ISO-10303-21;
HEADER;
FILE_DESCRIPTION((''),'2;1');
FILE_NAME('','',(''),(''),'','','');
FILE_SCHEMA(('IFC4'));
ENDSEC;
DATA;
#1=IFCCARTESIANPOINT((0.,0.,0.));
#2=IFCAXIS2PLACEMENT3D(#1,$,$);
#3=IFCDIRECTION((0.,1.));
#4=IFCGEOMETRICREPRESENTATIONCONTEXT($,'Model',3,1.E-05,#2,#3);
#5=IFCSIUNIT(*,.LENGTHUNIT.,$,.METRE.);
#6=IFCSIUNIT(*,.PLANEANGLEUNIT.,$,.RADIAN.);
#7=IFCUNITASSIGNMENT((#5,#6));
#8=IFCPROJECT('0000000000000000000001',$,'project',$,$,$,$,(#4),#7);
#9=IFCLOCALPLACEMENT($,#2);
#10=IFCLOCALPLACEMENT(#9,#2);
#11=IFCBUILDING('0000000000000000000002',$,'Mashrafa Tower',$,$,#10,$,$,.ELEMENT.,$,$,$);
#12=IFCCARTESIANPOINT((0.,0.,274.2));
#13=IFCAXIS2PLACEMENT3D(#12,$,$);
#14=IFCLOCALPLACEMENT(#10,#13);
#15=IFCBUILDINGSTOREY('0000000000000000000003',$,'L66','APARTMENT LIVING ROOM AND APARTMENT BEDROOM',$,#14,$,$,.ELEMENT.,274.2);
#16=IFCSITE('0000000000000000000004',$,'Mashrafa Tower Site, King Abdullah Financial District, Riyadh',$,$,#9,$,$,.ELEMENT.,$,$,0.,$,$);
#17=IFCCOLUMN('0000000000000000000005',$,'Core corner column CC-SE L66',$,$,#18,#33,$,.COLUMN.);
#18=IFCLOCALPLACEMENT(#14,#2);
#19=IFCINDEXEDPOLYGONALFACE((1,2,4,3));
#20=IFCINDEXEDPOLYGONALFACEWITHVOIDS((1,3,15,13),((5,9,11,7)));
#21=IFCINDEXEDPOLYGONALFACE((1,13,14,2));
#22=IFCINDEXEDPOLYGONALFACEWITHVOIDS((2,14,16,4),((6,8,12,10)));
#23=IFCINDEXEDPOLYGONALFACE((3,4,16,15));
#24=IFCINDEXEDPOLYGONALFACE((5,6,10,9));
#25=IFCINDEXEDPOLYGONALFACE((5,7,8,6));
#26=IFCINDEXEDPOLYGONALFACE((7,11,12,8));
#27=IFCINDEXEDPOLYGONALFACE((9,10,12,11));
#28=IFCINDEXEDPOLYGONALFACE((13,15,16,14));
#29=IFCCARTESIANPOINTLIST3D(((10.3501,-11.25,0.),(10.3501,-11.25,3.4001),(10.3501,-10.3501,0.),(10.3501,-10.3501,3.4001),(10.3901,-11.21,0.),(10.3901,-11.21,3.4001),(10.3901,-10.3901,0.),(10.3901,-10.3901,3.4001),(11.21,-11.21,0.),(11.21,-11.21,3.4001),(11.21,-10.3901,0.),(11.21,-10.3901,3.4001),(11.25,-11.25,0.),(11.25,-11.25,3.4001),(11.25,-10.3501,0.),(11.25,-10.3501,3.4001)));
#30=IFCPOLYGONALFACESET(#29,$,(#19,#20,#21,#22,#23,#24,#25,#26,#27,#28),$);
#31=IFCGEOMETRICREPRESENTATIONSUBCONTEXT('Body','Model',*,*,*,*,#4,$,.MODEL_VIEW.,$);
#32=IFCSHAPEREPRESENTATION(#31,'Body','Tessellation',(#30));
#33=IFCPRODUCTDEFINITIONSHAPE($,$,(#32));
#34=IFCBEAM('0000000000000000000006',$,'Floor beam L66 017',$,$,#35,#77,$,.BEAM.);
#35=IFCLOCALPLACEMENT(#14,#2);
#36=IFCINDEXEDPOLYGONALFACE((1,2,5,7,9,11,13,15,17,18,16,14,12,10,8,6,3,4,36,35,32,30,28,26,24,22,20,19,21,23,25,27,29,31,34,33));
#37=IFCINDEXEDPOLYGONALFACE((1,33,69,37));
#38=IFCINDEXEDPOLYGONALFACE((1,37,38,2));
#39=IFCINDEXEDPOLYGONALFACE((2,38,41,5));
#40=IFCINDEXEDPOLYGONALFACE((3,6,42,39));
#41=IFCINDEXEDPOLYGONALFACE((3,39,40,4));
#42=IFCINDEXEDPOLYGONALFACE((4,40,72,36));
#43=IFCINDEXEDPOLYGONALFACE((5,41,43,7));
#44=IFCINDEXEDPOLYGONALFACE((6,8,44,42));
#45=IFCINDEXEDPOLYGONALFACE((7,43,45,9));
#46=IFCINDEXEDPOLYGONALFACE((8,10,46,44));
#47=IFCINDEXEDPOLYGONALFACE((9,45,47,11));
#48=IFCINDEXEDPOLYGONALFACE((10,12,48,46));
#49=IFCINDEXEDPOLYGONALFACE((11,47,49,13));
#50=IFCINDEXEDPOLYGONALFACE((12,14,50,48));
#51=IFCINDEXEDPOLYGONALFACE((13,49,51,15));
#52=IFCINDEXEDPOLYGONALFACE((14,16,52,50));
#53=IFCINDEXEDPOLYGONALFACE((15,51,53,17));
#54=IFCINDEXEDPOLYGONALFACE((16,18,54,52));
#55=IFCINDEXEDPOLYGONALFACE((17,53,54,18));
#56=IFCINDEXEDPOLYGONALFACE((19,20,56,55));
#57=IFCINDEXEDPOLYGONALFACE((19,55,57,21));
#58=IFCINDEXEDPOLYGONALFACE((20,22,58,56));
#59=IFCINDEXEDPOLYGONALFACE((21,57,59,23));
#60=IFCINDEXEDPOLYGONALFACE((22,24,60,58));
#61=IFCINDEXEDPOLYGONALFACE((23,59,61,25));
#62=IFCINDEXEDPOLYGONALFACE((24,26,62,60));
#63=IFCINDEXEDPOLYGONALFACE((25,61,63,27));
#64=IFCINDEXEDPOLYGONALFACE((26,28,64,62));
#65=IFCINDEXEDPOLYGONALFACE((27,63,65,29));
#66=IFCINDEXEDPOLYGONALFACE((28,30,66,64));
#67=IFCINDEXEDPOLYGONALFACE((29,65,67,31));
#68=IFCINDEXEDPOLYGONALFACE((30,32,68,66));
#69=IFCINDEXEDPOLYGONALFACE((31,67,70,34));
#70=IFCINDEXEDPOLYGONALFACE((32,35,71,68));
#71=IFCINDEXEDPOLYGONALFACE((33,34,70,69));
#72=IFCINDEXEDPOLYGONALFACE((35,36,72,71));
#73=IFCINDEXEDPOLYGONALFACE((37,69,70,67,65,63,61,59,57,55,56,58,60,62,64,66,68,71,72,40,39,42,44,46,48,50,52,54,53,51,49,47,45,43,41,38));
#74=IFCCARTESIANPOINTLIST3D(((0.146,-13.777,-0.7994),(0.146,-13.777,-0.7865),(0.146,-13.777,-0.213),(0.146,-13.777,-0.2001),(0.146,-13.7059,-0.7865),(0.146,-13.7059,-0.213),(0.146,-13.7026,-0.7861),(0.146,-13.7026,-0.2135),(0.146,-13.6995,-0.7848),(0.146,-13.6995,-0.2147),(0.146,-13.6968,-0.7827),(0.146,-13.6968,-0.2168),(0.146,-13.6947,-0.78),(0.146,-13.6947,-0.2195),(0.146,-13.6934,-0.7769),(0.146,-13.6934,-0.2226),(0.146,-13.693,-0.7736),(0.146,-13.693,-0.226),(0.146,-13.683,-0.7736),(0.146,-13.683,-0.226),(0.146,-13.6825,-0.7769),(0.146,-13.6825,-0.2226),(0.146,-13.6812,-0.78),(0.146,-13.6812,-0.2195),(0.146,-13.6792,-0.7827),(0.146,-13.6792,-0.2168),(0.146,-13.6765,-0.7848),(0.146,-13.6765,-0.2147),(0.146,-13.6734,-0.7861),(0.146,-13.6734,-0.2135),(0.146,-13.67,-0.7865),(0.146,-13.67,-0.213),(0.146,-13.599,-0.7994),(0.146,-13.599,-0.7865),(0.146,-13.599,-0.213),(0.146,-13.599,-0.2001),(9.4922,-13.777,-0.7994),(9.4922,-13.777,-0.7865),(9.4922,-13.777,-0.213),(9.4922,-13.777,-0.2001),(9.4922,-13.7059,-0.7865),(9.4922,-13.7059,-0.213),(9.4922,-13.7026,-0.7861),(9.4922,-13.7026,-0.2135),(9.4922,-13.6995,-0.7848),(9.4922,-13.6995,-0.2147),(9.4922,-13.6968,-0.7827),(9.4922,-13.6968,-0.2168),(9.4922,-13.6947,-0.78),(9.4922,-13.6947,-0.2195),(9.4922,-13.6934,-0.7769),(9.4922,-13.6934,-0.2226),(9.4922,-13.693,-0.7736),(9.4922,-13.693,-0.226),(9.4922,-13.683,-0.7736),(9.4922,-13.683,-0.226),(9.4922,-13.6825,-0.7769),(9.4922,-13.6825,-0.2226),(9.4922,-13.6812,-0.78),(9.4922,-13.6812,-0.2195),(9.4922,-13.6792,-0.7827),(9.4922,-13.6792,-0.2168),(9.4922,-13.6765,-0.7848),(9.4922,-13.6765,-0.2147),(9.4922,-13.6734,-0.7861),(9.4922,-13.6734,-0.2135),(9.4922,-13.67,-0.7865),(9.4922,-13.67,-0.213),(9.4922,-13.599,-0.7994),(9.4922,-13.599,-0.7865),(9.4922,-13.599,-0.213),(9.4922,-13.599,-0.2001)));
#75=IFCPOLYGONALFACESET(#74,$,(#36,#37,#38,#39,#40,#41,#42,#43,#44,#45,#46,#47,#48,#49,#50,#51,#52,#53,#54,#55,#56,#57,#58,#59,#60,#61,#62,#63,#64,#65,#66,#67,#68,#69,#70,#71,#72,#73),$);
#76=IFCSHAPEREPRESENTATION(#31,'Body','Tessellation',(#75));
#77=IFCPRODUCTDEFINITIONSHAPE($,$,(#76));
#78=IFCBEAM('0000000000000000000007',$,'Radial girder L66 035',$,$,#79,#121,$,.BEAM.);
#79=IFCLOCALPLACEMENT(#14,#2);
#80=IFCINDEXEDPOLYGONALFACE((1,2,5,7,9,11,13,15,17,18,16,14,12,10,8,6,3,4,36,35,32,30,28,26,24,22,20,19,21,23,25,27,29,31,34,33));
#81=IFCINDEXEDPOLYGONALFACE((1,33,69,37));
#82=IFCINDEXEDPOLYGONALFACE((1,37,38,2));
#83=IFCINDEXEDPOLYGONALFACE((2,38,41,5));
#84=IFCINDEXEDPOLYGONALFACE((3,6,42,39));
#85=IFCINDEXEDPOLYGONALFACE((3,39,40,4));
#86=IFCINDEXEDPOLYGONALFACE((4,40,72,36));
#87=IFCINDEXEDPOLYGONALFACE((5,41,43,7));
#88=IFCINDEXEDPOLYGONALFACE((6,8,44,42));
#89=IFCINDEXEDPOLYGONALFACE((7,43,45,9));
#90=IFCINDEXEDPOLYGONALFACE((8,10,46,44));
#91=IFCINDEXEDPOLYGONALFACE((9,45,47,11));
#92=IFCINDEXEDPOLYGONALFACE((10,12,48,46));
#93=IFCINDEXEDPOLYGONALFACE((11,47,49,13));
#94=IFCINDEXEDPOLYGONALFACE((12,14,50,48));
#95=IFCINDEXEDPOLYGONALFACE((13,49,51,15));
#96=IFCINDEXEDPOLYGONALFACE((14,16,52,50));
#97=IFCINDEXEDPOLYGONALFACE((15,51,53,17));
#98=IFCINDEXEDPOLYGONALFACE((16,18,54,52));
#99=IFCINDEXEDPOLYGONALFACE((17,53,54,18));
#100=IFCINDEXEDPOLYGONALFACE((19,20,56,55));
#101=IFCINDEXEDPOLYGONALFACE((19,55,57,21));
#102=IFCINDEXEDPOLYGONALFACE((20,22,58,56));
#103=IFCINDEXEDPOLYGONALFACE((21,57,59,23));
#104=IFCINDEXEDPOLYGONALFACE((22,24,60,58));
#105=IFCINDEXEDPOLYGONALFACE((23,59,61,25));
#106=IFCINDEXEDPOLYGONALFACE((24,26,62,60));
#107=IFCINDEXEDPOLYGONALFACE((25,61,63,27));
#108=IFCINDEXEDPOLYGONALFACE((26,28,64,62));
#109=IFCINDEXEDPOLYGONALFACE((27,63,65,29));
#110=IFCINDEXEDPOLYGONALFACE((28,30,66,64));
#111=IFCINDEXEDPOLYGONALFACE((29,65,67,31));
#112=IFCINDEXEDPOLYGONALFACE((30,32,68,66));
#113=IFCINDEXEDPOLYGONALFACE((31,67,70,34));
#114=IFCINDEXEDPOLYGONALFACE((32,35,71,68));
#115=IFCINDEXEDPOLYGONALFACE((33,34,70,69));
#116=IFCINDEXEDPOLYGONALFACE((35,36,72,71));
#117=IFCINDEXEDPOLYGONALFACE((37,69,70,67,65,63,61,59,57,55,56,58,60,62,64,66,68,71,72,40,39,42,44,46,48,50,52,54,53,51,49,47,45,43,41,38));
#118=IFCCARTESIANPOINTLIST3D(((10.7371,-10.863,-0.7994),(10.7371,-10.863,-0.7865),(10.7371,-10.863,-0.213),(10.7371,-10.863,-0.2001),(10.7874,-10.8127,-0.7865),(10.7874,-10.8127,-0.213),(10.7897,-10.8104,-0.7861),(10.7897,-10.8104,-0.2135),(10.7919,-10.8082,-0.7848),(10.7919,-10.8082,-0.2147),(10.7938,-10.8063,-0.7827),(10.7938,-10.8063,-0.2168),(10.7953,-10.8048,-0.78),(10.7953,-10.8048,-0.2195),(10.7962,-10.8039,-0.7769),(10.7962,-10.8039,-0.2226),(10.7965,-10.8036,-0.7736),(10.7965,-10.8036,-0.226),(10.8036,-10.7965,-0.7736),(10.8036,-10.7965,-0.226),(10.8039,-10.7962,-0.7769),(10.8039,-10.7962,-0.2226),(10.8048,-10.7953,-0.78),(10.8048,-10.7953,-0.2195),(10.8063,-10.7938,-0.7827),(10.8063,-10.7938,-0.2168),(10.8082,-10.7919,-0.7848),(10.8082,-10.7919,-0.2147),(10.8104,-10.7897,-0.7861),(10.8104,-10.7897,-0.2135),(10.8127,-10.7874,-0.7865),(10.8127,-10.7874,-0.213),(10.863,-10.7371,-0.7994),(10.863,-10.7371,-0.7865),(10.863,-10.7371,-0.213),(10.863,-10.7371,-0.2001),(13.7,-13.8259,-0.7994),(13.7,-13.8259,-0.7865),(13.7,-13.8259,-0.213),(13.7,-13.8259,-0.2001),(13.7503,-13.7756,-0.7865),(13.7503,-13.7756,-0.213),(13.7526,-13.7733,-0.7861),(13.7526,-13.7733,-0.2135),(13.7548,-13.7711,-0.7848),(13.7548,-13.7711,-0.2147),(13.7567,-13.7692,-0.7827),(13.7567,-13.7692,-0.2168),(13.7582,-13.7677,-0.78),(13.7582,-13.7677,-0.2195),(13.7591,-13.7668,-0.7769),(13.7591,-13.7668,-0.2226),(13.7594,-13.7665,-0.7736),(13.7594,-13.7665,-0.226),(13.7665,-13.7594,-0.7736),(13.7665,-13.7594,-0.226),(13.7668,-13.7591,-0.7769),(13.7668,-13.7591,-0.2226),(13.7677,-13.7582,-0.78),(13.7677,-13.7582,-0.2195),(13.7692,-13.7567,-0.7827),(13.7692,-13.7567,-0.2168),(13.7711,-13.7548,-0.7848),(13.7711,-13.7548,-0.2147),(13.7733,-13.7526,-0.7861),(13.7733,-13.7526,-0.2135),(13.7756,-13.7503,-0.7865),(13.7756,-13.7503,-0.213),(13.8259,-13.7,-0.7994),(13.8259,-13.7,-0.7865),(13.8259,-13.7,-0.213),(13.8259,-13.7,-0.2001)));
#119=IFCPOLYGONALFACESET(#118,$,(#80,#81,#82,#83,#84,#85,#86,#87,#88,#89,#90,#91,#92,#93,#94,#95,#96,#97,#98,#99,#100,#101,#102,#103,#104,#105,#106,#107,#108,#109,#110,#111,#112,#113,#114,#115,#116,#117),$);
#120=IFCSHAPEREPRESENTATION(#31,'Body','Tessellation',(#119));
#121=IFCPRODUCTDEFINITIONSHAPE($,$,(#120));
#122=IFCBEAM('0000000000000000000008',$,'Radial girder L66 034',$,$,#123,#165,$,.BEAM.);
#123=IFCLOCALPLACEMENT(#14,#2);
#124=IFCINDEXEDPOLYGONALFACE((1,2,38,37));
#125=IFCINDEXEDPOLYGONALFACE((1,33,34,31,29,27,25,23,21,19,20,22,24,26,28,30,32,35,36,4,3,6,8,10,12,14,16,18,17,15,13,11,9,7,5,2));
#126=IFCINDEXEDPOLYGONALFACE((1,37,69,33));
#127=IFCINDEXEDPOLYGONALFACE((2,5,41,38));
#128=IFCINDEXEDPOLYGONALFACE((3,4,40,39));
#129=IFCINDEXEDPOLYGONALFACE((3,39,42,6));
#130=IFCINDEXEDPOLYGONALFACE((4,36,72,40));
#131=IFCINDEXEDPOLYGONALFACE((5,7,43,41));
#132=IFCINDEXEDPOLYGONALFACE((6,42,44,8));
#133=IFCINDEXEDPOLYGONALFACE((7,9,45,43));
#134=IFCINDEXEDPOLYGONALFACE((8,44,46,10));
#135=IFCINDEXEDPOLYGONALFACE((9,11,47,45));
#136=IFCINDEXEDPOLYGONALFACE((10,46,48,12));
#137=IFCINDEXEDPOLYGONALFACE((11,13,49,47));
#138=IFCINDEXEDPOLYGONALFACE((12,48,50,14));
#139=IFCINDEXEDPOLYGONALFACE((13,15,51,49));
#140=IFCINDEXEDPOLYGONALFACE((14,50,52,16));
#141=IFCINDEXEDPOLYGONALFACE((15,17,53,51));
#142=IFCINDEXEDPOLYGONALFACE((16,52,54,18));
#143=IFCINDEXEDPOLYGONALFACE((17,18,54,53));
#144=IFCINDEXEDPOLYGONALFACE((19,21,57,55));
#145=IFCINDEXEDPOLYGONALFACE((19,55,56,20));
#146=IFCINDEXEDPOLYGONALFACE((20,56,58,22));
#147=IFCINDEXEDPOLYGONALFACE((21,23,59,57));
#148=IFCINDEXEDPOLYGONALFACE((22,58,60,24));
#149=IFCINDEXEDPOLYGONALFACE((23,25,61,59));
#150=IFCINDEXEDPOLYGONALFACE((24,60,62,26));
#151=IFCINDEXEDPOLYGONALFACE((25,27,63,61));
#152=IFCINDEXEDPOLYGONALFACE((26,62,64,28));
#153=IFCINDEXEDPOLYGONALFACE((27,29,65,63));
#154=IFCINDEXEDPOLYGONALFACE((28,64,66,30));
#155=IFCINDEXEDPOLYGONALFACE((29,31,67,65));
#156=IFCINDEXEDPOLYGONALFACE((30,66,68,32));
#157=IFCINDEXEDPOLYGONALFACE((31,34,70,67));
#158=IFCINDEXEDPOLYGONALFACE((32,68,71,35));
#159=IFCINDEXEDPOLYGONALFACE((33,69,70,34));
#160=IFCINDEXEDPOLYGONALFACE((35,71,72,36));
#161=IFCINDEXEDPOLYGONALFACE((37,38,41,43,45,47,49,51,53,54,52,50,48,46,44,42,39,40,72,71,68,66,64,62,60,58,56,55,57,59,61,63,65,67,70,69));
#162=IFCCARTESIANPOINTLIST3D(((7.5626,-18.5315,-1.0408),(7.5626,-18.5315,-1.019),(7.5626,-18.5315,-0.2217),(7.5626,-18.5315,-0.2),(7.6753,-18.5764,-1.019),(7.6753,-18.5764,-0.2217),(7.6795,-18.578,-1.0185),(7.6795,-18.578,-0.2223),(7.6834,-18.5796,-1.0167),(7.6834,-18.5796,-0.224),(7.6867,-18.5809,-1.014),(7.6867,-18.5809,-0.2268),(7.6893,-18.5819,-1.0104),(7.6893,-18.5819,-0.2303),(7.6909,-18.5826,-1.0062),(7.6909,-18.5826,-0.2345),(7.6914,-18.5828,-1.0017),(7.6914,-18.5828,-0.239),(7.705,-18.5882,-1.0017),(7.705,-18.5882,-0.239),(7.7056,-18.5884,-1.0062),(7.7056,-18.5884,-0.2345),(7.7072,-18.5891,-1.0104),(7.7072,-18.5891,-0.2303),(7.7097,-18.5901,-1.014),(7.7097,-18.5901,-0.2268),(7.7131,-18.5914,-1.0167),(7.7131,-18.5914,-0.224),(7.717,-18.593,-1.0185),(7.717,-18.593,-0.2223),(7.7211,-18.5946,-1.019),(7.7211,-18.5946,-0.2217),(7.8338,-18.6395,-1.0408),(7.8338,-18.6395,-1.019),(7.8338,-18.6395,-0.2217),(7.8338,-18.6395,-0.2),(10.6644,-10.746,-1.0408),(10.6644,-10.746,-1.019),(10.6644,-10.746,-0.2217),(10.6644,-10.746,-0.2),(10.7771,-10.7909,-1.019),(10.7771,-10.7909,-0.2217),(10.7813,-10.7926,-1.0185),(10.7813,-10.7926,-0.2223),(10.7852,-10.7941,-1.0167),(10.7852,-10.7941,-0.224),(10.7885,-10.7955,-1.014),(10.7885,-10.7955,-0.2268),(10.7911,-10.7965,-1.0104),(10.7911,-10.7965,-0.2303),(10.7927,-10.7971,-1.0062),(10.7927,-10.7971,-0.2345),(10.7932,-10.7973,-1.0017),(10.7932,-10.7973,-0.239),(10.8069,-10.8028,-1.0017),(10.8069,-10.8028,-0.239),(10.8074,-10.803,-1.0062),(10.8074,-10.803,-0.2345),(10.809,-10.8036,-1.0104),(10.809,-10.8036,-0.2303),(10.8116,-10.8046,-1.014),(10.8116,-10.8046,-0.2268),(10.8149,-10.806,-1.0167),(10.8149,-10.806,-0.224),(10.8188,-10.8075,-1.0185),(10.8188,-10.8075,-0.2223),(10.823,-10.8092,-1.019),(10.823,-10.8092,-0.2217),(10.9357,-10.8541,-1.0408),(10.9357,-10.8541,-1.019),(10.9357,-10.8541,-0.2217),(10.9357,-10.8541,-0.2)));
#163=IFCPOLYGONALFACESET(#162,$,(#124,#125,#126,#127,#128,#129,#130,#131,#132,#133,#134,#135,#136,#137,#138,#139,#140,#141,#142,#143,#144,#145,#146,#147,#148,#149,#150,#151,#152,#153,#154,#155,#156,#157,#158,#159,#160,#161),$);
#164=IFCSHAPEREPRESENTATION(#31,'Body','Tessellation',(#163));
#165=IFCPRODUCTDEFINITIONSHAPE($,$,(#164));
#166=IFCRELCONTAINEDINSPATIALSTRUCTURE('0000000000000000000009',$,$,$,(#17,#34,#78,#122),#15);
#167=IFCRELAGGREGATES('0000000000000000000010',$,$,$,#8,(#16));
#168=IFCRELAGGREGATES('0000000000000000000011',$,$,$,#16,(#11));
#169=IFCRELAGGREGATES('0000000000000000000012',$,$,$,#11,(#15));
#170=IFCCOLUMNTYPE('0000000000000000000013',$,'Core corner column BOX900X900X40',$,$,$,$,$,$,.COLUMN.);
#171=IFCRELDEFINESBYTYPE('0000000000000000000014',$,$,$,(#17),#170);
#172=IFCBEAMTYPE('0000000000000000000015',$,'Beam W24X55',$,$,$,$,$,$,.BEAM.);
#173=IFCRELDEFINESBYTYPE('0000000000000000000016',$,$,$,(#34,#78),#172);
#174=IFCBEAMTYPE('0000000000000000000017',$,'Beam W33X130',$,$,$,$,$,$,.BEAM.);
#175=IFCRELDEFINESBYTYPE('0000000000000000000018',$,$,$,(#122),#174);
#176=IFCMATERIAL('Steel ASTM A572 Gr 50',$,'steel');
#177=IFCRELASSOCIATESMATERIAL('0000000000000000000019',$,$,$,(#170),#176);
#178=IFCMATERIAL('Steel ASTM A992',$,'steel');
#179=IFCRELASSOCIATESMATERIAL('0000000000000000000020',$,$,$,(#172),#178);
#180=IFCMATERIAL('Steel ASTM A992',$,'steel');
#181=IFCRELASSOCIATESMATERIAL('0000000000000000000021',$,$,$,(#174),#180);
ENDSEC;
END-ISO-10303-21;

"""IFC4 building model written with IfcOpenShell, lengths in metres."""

from ifc_helpers import new_model, si_unit, direction, frame, origin, origin_2d, place, context, subcontext, project, spatial, hollow_rectangle, i_section, extrude, material, material_profile, profile_set, type_object, element, save


model = new_model("IFC4")

# Units and contexts
model_context = context("Model", 3, precision=1e-05, world=origin(), true_north=direction((0.0, 1.0)))
body_context = subcontext(model_context, "Body", "Model", "MODEL_VIEW")
ifc_project = project(units=[si_unit("LENGTHUNIT", "METRE"), si_unit("PLANEANGLEUNIT", "RADIAN")], contexts=[model_context])

# Site, building, storey
site_placement = place(None, origin())
site = spatial("IfcSite", under=ifc_project, at=site_placement, Name="Mashrafa Tower Site, King Abdullah Financial District, Riyadh", CompositionType="ELEMENT", RefElevation=0.0)
building_placement = place(site_placement, origin())
building = spatial("IfcBuilding", under=site, at=building_placement, Name="Mashrafa Tower", CompositionType="ELEMENT")
storey_placement = place(building_placement, frame((0.0, 0.0, 274.2)))
storey = spatial("IfcBuildingStorey", under=building, at=storey_placement, Name="L66", Description="APARTMENT LIVING ROOM AND APARTMENT BEDROOM", CompositionType="ELEMENT", Elevation=274.2)

# Column
ifc_material_1 = material(Name="Steel ASTM A572 Gr 50", Category="steel")
ifc_material_profile_1 = material_profile(ifc_material_1, hollow_rectangle(XDim=0.8999, YDim=0.8999, WallThickness=0.04, at=origin_2d()), Name="BOX900X900X40")
ifc_profile_set_1 = profile_set([ifc_material_profile_1], Name="Steel ASTM A572 Gr 50")
column_type = type_object("IfcColumnType", Name="Core corner column BOX900X900X40", PredefinedType="COLUMN", material=ifc_profile_set_1)
column_placement = place(storey_placement, frame((10.8, -10.8, 0.0), z_axis=(0.0, 0.0, 1.0), x_axis=(1.0, 0.0, 0.0)))
element("IfcColumn", 1, at=column_placement, inside=storey, type_object=column_type, Name="Core corner column CC-SE L66", PredefinedType="COLUMN", context=body_context, shape_type="SweptSolid", body=[
    extrude(hollow_rectangle(XDim=0.8999, YDim=0.8999, WallThickness=0.04, at=origin_2d()), origin(), (0.0, 0.0, 1.0), 3.4001),
])

# Beams
ifc_material_2 = material(Name="Steel ASTM A992", Category="steel")
ifc_material_profile_2 = material_profile(ifc_material_2, i_section(OverallWidth=0.178, OverallDepth=0.5994, WebThickness=0.01, FlangeThickness=0.0129, FilletRadius=0.0129, at=origin_2d()), Name="W24X55")
ifc_profile_set_2 = profile_set([ifc_material_profile_2], Name="Steel ASTM A992")
beam_type_1 = type_object("IfcBeamType", Name="Beam W24X55", PredefinedType="BEAM", material=ifc_profile_set_2)
beam_1_placement = place(storey_placement, frame((9.4922, -13.688, -0.4998), z_axis=(-1.0, 0.0, 0.0), x_axis=(0.0, -1.0, 0.0)))
element("IfcBeam", 2, at=beam_1_placement, inside=storey, type_object=beam_type_1, Name="Floor beam L66 017", PredefinedType="BEAM", context=body_context, shape_type="SweptSolid", body=[
    extrude(i_section(OverallWidth=0.178, OverallDepth=0.5994, WebThickness=0.01, FlangeThickness=0.0129, FilletRadius=0.0129, at=origin_2d()), origin(), (0.0, 0.0, 1.0), 9.3462),
])
beam_2_placement = place(storey_placement, frame((10.8, -10.8, -0.4998), z_axis=(0.707107, -0.707107, 0.0), x_axis=(0.707107, 0.707107, 0.0)))
element("IfcBeam", 3, at=beam_2_placement, inside=storey, type_object=beam_type_1, Name="Radial girder L66 035", PredefinedType="BEAM", context=body_context, shape_type="SweptSolid", body=[
    extrude(i_section(OverallWidth=0.178, OverallDepth=0.5994, WebThickness=0.01, FlangeThickness=0.0129, FilletRadius=0.0129, at=origin_2d()), origin(), (0.0, 0.0, 1.0), 4.1902),
])
ifc_material_3 = material(Name="Steel ASTM A992", Category="steel")
ifc_material_profile_3 = material_profile(ifc_material_3, i_section(OverallWidth=0.292, OverallDepth=0.8408, WebThickness=0.0146, FlangeThickness=0.0217, FilletRadius=0.0173, at=origin_2d()), Name="W33X130")
ifc_profile_set_3 = profile_set([ifc_material_profile_3], Name="Steel ASTM A992")
beam_type_2 = type_object("IfcBeamType", Name="Beam W33X130", PredefinedType="BEAM", material=ifc_profile_set_3)
for number, where, z_axis, x_axis, name in (
    (4, (10.8, -10.8, -0.6204), (-0.37012, -0.928984, 0.0), (0.928984, -0.37012, 0.0), "Radial girder L66 034"),
):
    element("IfcBeam", number, at=place(storey_placement, frame(where, z_axis=z_axis, x_axis=x_axis)), inside=storey, type_object=beam_type_2, Name=name, PredefinedType="BEAM", context=body_context, shape_type="SweptSolid", body=[
        extrude(i_section(OverallWidth=0.292, OverallDepth=0.8408, WebThickness=0.0146, FlangeThickness=0.0217, FilletRadius=0.0173, at=origin_2d()), origin(), (0.0, 0.0, 1.0), 8.3806),
    ])

save(model, "model.ifc")
